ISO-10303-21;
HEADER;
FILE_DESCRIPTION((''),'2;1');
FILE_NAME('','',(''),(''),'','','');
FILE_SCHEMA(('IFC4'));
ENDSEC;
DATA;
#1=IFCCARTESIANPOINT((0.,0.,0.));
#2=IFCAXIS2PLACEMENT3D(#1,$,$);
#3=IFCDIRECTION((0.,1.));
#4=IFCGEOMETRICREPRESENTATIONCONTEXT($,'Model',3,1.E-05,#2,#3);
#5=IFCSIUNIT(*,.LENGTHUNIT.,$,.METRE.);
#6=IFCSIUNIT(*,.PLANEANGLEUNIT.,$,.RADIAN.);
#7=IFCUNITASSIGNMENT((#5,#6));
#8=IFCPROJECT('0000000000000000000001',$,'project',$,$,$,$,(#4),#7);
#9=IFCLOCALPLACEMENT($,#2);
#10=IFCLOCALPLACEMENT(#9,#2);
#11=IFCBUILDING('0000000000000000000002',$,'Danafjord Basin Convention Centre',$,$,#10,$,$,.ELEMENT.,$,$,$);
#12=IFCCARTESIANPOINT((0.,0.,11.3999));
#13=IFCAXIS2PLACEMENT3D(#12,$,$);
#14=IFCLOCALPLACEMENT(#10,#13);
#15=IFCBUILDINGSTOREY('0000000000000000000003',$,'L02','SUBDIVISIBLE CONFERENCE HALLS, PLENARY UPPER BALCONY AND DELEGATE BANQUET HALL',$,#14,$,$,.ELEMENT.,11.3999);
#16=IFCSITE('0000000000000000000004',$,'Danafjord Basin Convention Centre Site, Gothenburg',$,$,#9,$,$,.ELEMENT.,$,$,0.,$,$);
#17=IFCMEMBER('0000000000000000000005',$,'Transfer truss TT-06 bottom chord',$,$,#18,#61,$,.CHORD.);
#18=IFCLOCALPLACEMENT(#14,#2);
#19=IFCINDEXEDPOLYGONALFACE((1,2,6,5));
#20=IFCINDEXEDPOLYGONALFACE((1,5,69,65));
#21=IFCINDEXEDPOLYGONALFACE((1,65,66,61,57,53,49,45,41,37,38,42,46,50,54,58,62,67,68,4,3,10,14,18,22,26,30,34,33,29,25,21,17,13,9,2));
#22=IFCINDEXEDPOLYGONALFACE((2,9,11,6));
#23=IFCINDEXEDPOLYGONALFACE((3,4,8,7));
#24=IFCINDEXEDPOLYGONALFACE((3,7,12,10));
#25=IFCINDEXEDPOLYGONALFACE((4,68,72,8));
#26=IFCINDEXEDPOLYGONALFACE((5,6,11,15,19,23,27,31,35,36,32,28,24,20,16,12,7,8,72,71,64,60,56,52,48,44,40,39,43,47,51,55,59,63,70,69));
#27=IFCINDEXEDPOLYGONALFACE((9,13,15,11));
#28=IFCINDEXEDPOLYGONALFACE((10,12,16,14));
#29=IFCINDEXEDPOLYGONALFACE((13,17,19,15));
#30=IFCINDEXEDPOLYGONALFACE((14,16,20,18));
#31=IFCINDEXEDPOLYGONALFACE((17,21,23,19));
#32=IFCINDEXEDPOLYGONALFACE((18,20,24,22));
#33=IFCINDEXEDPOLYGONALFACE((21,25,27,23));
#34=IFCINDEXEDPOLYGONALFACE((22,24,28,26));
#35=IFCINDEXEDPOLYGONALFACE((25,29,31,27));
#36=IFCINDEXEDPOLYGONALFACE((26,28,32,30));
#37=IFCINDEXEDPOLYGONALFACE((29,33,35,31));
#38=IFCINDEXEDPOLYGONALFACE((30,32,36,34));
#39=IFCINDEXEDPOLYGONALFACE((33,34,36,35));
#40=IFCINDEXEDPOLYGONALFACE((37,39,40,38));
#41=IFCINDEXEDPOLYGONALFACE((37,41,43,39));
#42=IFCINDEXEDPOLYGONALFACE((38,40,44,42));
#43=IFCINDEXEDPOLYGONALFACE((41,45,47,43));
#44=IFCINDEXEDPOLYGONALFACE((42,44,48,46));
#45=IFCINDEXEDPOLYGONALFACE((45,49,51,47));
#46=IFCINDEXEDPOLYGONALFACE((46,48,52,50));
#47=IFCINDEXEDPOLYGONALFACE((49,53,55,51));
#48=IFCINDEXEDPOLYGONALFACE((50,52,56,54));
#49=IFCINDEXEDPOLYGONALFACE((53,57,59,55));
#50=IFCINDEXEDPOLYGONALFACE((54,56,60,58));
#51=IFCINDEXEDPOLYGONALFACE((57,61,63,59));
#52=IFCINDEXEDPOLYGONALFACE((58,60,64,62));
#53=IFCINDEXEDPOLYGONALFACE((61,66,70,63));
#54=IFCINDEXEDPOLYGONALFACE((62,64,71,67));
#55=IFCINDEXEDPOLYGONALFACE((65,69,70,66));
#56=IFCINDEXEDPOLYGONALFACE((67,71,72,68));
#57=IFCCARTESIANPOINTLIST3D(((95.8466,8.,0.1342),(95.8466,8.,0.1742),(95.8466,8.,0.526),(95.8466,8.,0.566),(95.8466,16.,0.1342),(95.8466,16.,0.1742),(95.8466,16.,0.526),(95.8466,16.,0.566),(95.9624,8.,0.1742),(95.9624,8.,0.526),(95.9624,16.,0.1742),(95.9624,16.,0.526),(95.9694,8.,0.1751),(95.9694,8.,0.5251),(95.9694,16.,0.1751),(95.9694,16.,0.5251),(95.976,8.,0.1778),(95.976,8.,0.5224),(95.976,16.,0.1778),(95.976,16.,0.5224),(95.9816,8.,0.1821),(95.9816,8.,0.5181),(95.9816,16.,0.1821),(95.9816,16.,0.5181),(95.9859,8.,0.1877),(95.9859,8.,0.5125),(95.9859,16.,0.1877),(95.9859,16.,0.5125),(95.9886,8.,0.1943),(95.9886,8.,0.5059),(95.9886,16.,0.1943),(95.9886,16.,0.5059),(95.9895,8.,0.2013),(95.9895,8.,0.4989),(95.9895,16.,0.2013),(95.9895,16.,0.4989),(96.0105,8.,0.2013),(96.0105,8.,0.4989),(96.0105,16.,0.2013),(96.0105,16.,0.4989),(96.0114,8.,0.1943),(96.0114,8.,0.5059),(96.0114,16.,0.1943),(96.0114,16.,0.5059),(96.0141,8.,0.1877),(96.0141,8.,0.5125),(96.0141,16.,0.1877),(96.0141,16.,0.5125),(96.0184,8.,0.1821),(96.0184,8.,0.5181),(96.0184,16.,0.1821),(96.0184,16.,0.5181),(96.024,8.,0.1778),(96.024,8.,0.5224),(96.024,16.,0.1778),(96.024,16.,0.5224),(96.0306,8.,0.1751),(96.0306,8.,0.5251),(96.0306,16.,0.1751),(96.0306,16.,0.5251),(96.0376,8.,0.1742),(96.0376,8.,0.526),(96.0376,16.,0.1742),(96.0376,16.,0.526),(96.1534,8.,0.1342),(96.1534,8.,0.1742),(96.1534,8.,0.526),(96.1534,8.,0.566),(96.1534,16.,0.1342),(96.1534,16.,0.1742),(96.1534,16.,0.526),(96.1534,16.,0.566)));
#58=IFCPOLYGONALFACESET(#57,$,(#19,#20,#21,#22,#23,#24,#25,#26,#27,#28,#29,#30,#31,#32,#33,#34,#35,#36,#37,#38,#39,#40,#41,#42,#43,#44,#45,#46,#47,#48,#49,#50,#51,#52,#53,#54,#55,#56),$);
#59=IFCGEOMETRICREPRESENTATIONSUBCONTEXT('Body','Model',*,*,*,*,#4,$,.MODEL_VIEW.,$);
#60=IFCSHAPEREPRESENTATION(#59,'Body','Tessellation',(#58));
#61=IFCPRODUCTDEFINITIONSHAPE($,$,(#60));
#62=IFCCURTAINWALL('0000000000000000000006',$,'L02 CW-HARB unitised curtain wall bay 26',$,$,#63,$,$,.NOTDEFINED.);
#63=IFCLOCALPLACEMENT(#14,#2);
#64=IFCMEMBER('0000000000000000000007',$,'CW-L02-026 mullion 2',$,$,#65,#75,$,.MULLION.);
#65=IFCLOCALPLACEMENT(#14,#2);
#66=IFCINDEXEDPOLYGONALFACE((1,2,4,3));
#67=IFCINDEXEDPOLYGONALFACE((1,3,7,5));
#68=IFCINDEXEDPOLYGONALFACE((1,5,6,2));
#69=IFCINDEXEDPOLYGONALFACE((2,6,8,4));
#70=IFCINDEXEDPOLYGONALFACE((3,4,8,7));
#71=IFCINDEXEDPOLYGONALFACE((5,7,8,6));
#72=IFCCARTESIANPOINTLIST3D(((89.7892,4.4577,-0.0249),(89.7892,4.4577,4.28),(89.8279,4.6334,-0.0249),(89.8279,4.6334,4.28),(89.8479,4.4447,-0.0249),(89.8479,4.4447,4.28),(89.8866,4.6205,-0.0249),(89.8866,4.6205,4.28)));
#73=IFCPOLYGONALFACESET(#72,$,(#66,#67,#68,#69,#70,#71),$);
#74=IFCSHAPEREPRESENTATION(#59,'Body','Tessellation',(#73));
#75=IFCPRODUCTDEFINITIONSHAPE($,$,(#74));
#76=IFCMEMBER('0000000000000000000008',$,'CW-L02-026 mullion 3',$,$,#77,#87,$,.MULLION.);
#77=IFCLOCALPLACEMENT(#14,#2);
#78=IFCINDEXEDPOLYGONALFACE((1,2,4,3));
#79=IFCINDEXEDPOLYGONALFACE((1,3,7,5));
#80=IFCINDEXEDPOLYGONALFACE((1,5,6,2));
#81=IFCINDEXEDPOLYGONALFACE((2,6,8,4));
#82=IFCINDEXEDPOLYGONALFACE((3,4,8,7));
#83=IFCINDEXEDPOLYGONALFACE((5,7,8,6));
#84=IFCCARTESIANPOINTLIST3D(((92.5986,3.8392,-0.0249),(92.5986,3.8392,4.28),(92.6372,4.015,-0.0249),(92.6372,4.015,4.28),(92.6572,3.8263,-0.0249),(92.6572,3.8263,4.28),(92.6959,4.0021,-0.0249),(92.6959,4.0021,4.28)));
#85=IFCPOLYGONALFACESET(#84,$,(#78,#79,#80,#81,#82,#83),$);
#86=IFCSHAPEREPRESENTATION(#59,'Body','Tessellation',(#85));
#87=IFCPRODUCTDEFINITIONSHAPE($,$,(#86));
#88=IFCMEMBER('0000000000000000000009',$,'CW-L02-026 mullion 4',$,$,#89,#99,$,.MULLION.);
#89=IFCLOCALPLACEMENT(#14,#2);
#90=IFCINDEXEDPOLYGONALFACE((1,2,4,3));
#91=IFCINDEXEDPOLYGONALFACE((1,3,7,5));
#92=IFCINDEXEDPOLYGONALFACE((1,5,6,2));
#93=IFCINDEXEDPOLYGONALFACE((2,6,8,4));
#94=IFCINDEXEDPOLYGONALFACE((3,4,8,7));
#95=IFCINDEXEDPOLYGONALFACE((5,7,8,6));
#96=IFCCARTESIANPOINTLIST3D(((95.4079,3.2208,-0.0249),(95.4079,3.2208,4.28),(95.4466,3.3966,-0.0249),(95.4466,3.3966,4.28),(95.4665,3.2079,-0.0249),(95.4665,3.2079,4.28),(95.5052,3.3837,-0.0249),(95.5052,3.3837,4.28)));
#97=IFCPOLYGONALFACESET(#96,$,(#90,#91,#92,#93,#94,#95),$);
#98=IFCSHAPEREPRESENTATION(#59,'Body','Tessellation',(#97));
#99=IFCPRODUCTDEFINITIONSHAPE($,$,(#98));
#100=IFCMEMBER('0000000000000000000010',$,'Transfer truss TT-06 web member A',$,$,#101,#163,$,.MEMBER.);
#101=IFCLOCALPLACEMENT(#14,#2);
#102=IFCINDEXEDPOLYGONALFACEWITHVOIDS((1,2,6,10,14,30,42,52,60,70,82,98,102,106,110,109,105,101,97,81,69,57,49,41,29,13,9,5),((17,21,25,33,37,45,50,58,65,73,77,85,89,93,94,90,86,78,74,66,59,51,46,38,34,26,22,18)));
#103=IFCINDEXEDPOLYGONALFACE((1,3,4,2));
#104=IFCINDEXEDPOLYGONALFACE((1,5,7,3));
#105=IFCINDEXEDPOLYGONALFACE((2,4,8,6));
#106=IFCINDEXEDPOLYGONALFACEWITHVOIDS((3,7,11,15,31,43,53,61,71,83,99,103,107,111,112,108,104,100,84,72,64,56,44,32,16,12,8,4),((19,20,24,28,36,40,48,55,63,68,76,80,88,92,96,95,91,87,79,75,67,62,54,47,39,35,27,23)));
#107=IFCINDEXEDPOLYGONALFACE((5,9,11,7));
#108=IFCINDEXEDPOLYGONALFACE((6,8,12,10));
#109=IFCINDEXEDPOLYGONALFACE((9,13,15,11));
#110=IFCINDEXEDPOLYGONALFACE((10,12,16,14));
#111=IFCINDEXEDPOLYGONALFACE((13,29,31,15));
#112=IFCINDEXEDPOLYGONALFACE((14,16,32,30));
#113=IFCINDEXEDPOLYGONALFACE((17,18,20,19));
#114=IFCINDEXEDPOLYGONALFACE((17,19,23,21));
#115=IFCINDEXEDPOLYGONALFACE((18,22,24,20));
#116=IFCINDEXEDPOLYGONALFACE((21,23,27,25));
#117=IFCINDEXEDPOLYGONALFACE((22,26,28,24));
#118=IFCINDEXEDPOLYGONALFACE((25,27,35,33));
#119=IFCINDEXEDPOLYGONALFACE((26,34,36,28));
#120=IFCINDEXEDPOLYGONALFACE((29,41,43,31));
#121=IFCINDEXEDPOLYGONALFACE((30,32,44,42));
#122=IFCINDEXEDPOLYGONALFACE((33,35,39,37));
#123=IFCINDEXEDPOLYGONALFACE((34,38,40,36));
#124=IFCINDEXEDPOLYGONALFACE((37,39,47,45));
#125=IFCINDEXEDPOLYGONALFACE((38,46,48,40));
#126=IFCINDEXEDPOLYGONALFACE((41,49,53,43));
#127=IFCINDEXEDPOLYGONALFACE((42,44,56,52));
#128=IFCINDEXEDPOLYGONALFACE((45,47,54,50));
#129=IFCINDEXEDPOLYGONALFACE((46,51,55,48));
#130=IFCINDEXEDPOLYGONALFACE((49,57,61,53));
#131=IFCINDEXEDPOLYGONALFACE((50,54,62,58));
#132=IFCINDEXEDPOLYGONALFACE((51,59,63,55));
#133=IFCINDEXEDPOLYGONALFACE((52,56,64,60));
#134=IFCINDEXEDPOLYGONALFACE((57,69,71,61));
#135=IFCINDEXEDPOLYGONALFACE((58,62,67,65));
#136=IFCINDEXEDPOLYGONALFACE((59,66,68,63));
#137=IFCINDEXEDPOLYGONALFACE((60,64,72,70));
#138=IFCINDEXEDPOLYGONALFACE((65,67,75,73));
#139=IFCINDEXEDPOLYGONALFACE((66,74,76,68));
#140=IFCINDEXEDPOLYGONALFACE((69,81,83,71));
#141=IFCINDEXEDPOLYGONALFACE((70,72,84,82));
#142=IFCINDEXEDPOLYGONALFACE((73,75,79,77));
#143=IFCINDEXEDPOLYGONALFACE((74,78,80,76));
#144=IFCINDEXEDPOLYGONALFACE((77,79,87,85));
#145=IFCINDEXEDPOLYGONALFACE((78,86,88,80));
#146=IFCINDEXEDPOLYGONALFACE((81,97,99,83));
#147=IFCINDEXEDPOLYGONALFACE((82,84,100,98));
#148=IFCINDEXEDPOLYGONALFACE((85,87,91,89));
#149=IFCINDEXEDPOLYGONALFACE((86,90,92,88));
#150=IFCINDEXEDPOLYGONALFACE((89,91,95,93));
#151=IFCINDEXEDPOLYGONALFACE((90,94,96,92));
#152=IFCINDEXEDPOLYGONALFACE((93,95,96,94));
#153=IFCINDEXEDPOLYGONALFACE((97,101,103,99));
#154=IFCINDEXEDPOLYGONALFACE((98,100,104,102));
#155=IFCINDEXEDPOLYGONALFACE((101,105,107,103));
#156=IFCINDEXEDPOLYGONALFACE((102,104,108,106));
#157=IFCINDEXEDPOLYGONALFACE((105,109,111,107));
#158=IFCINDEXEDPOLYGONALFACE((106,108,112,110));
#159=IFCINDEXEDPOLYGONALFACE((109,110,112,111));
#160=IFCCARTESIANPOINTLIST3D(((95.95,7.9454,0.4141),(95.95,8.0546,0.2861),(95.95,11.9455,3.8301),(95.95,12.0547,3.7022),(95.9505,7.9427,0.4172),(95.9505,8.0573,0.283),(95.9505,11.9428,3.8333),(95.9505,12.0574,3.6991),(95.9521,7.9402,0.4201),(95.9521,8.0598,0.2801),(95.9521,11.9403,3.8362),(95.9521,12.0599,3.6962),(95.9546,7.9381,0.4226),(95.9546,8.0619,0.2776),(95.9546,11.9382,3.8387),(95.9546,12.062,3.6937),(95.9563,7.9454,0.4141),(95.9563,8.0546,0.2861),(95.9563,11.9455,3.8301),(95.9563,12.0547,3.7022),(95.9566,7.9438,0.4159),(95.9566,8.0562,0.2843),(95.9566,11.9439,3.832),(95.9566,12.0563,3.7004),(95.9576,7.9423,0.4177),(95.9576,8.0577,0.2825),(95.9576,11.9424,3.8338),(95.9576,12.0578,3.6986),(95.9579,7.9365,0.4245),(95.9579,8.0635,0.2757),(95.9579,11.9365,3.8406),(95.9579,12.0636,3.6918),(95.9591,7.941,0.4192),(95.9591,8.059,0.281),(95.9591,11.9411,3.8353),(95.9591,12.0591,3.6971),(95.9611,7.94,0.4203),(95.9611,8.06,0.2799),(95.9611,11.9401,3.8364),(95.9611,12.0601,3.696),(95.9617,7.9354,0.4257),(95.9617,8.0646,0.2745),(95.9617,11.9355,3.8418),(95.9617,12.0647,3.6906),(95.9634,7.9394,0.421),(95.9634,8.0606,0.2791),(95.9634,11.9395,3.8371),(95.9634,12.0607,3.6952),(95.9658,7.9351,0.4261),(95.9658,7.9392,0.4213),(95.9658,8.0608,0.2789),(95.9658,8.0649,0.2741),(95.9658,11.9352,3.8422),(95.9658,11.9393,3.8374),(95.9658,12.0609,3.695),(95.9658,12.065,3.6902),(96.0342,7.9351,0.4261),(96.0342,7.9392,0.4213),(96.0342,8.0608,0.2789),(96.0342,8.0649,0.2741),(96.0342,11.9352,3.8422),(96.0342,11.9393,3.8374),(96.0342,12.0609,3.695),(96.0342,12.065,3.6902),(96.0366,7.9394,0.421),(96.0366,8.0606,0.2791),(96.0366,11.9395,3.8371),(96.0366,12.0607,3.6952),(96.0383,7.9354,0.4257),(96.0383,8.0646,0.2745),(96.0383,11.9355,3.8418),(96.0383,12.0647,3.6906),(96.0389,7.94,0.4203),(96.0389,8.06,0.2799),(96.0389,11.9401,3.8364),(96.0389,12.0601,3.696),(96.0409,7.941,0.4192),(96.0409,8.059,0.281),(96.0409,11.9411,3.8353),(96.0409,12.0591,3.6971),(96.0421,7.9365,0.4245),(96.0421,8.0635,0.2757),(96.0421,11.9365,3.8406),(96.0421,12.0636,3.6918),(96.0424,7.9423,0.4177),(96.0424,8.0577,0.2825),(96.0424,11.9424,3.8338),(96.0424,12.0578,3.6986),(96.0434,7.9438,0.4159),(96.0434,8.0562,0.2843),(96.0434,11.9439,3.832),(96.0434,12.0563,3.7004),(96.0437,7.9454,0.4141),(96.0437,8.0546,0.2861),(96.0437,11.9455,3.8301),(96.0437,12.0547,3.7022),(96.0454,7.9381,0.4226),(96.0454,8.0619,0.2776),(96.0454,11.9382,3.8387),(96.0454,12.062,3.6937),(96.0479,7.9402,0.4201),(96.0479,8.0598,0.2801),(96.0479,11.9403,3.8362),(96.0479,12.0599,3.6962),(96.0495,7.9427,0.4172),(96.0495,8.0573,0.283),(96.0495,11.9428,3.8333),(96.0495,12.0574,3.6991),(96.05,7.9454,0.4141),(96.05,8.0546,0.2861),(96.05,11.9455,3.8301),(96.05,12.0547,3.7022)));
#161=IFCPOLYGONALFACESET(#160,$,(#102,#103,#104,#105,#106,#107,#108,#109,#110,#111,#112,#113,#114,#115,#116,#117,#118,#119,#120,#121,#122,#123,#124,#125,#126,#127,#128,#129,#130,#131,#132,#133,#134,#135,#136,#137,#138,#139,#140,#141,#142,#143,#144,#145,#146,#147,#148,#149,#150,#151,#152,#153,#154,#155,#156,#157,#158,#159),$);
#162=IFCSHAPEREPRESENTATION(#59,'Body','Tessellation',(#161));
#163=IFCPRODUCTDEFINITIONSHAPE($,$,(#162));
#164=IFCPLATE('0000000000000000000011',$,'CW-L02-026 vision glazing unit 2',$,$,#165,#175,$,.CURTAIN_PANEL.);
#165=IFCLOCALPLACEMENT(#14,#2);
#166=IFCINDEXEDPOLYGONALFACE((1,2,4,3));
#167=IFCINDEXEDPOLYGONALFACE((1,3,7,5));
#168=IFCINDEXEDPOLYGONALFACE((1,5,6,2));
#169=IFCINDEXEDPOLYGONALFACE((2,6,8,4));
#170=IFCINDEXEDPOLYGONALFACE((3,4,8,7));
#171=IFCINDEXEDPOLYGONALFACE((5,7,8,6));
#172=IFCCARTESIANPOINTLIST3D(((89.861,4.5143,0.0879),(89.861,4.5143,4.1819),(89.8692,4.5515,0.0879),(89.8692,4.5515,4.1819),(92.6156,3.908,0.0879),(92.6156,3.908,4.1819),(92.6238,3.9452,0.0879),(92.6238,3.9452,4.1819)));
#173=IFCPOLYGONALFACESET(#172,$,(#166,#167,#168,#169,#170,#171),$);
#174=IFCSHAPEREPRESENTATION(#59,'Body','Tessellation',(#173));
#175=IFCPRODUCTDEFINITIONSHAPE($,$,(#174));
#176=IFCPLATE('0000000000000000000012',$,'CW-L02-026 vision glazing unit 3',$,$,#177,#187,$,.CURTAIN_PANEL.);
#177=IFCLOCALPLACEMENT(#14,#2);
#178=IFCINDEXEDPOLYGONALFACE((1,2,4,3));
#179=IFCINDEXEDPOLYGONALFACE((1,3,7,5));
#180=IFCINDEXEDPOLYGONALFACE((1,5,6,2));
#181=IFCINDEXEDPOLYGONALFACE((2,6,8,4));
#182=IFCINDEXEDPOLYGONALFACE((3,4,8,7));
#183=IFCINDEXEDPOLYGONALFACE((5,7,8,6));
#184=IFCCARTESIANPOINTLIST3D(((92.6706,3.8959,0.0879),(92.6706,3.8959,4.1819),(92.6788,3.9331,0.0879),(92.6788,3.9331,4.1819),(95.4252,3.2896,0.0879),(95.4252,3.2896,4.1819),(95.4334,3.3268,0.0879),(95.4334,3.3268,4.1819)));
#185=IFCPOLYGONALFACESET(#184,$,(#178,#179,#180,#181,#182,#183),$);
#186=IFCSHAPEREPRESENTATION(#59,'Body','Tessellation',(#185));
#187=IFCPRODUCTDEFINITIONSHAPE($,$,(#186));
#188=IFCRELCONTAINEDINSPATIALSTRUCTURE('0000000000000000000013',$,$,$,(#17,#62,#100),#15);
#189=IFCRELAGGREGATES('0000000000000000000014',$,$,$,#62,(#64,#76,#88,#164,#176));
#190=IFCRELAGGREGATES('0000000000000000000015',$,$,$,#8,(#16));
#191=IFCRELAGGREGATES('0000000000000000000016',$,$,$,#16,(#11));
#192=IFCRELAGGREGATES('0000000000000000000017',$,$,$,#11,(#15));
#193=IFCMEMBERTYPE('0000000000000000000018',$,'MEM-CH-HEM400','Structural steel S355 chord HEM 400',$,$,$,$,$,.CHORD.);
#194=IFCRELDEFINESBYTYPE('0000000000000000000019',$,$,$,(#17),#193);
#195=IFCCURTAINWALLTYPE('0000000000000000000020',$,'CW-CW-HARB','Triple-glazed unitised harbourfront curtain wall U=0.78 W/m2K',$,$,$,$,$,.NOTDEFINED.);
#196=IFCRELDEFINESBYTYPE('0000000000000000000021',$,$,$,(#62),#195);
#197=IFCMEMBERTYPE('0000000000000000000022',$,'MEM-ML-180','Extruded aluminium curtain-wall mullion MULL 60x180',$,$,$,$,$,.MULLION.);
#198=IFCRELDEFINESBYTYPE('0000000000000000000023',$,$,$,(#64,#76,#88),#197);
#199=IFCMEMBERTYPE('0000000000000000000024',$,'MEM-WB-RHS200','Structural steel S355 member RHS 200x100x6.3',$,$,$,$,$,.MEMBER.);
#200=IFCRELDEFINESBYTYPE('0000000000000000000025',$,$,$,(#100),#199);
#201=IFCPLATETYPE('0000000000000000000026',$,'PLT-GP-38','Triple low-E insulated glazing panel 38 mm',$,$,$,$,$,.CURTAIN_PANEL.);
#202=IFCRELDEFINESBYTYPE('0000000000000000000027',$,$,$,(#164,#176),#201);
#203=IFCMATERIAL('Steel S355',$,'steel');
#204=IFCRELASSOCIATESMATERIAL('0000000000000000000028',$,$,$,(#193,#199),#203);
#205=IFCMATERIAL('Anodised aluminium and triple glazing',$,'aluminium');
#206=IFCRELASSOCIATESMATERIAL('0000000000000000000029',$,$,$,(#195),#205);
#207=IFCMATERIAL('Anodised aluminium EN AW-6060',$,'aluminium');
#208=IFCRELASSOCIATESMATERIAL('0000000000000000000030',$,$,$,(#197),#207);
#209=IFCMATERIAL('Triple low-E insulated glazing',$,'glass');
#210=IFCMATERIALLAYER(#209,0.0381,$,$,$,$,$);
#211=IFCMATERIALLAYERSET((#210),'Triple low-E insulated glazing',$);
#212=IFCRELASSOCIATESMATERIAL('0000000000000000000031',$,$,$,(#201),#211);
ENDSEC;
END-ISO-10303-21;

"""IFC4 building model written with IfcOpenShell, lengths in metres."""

from ifc_helpers import new_model, si_unit, direction, frame, origin, origin_2d, place, context, subcontext, project, spatial, rectangle, hollow_rectangle, i_section, extrude, material, layer, layer_set, material_profile, profile_set, type_object, element, aggregate, save


model = new_model("IFC4")

# Units and contexts
model_context = context("Model", 3, precision=1e-05, world=origin(), true_north=direction((0.0, 1.0)))
body_context = subcontext(model_context, "Body", "Model", "MODEL_VIEW")
ifc_project = project(units=[si_unit("LENGTHUNIT", "METRE"), si_unit("PLANEANGLEUNIT", "RADIAN")], contexts=[model_context])

# Site, building, storey
site_placement = place(None, origin())
site = spatial("IfcSite", under=ifc_project, at=site_placement, Name="Danafjord Basin Convention Centre Site, Gothenburg", CompositionType="ELEMENT", RefElevation=0.0)
building_placement = place(site_placement, origin())
building = spatial("IfcBuilding", under=site, at=building_placement, Name="Danafjord Basin Convention Centre", CompositionType="ELEMENT")
storey_placement = place(building_placement, frame((0.0, 0.0, 11.3999)))
storey = spatial("IfcBuildingStorey", under=building, at=storey_placement, Name="L02", Description="SUBDIVISIBLE CONFERENCE HALLS, PLENARY UPPER BALCONY AND DELEGATE BANQUET HALL", CompositionType="ELEMENT", Elevation=11.3999)

# Shared definitions
ifc_material_1 = material(Name="Steel S355", Category="steel")

# Member
ifc_material_profile_1 = material_profile(ifc_material_1, i_section(OverallWidth=0.3069, OverallDepth=0.4319, WebThickness=0.021, FlangeThickness=0.04, FilletRadius=0.0271, at=origin_2d()), Name="HEM 400")
ifc_profile_set_1 = profile_set([ifc_material_profile_1], Name="Steel S355")
member_type_1 = type_object("IfcMemberType", Name="MEM-CH-HEM400", Description="Structural steel S355 chord HEM 400", PredefinedType="CHORD", material=ifc_profile_set_1)
member_1_placement = place(storey_placement, frame((96.0, 8.0, 0.3501), z_axis=(0.0, 1.0, 0.0), x_axis=(-1.0, 0.0, 0.0)))
element("IfcMember", 1, at=member_1_placement, inside=storey, type_object=member_type_1, Name="Transfer truss TT-06 bottom chord", PredefinedType="CHORD", context=body_context, shape_type="SweptSolid", body=[
    extrude(i_section(OverallWidth=0.3069, OverallDepth=0.4319, WebThickness=0.021, FlangeThickness=0.04, FilletRadius=0.0271, at=origin_2d()), origin(), (0.0, 0.0, 1.0), 8.0),
])

# Curtain wall, members
ifc_material_2 = material(Name="Anodised aluminium and triple glazing", Category="aluminium")
curtain_wall_type = type_object("IfcCurtainWallType", Name="CW-CW-HARB", Description="Triple-glazed unitised harbourfront curtain wall U=0.78 W/m2K", PredefinedType="NOTDEFINED", material=ifc_material_2)
curtain_wall_placement = place(storey_placement, origin())
curtain_wall = element("IfcCurtainWall", 2, at=curtain_wall_placement, inside=storey, type_object=curtain_wall_type, Name="L02 CW-HARB unitised curtain wall bay 26", PredefinedType="NOTDEFINED")
ifc_material_3 = material(Name="Anodised aluminium EN AW-6060", Category="aluminium")
ifc_material_profile_2 = material_profile(ifc_material_3, rectangle(XDim=0.0601, YDim=0.1799, at=origin_2d()), Name="MULL 60x180")
ifc_profile_set_2 = profile_set([ifc_material_profile_2], Name="Anodised aluminium EN AW-6060")
member_type_2 = type_object("IfcMemberType", Name="MEM-ML-180", Description="Extruded aluminium curtain-wall mullion MULL 60x180", PredefinedType="MULLION", material=ifc_profile_set_2)
member_2_placement = place(storey_placement, frame((89.8379, 4.5391, -0.0249), z_axis=(0.0, 0.0, 1.0), x_axis=(0.976623, -0.214959, 0.0)))
member_2 = element("IfcMember", 3, at=member_2_placement, type_object=member_type_2, Name="CW-L02-026 mullion 2", PredefinedType="MULLION", context=body_context, shape_type="SweptSolid", body=[
    extrude(rectangle(XDim=0.0601, YDim=0.1799, at=origin_2d()), origin(), (0.0, 0.0, 1.0), 4.3049),
])
member_3_placement = place(storey_placement, frame((92.6472, 3.9207, -0.0249), z_axis=(0.0, 0.0, 1.0), x_axis=(0.976623, -0.214959, 0.0)))
member_3 = element("IfcMember", 4, at=member_3_placement, type_object=member_type_2, Name="CW-L02-026 mullion 3", PredefinedType="MULLION", context=body_context, shape_type="SweptSolid", body=[
    extrude(rectangle(XDim=0.0601, YDim=0.1799, at=origin_2d()), origin(), (0.0, 0.0, 1.0), 4.3049),
])
member_4_placement = place(storey_placement, frame((95.4565, 3.3022, -0.0249), z_axis=(0.0, 0.0, 1.0), x_axis=(0.976623, -0.214959, 0.0)))
member_4 = element("IfcMember", 5, at=member_4_placement, type_object=member_type_2, Name="CW-L02-026 mullion 4", PredefinedType="MULLION", context=body_context, shape_type="SweptSolid", body=[
    extrude(rectangle(XDim=0.0601, YDim=0.1799, at=origin_2d()), origin(), (0.0, 0.0, 1.0), 4.3049),
])

# Member
ifc_material_profile_3 = material_profile(ifc_material_1, hollow_rectangle(XDim=0.1001, YDim=0.2, WallThickness=0.0063, InnerFilletRadius=0.0095, OuterFilletRadius=0.0159, at=origin_2d()), Name="RHS 200x100x6.3")
ifc_profile_set_3 = profile_set([ifc_material_profile_3], Name="Steel S355")
member_type_3 = type_object("IfcMemberType", Name="MEM-WB-RHS200", Description="Structural steel S355 member RHS 200x100x6.3", PredefinedType="MEMBER", material=ifc_profile_set_3)
member_5_placement = place(storey_placement, frame((96.0, 8.0, 0.3501), z_axis=(0.0, 0.760435, 0.649414), x_axis=(-1.0, 0.0, 0.0)))
element("IfcMember", 6, at=member_5_placement, inside=storey, type_object=member_type_3, Name="Transfer truss TT-06 web member A", PredefinedType="MEMBER", context=body_context, shape_type="SweptSolid", body=[
    extrude(hollow_rectangle(XDim=0.1001, YDim=0.2, WallThickness=0.0063, InnerFilletRadius=0.0095, OuterFilletRadius=0.0159, at=origin_2d()), origin(), (0.0, 0.0, 1.0), 5.2603),
])

# Plates
ifc_material_4 = material(Name="Triple low-E insulated glazing", Category="glass")
ifc_layer_1 = layer(ifc_material_4, 0.0381)
ifc_layer_set_1 = layer_set([ifc_layer_1], Name="Triple low-E insulated glazing")
plate_type = type_object("IfcPlateType", Name="PLT-GP-38", Description="Triple low-E insulated glazing panel 38 mm", PredefinedType="CURTAIN_PANEL", material=ifc_layer_set_1)
plate_1_placement = place(storey_placement, frame((91.2424, 4.2297, 0.0879), z_axis=(0.0, 0.0, 1.0), x_axis=(0.976623, -0.214959, 0.0)))
plate_1 = element("IfcPlate", 7, at=plate_1_placement, type_object=plate_type, Name="CW-L02-026 vision glazing unit 2", PredefinedType="CURTAIN_PANEL", context=body_context, shape_type="SweptSolid", body=[
    extrude(rectangle(XDim=2.8206, YDim=0.0381, at=origin_2d()), origin(), (0.0, 0.0, 1.0), 4.094),
])
plate_2_placement = place(storey_placement, frame((94.052, 3.6113, 0.0879), z_axis=(0.0, 0.0, 1.0), x_axis=(0.976623, -0.214959, 0.0)))
plate_2 = element("IfcPlate", 8, at=plate_2_placement, type_object=plate_type, Name="CW-L02-026 vision glazing unit 3", PredefinedType="CURTAIN_PANEL", context=body_context, shape_type="SweptSolid", body=[
    extrude(rectangle(XDim=2.8206, YDim=0.0381, at=origin_2d()), origin(), (0.0, 0.0, 1.0), 4.094),
])
aggregate(curtain_wall, [member_2, member_3, member_4, plate_1, plate_2])

save(model, "model.ifc")
